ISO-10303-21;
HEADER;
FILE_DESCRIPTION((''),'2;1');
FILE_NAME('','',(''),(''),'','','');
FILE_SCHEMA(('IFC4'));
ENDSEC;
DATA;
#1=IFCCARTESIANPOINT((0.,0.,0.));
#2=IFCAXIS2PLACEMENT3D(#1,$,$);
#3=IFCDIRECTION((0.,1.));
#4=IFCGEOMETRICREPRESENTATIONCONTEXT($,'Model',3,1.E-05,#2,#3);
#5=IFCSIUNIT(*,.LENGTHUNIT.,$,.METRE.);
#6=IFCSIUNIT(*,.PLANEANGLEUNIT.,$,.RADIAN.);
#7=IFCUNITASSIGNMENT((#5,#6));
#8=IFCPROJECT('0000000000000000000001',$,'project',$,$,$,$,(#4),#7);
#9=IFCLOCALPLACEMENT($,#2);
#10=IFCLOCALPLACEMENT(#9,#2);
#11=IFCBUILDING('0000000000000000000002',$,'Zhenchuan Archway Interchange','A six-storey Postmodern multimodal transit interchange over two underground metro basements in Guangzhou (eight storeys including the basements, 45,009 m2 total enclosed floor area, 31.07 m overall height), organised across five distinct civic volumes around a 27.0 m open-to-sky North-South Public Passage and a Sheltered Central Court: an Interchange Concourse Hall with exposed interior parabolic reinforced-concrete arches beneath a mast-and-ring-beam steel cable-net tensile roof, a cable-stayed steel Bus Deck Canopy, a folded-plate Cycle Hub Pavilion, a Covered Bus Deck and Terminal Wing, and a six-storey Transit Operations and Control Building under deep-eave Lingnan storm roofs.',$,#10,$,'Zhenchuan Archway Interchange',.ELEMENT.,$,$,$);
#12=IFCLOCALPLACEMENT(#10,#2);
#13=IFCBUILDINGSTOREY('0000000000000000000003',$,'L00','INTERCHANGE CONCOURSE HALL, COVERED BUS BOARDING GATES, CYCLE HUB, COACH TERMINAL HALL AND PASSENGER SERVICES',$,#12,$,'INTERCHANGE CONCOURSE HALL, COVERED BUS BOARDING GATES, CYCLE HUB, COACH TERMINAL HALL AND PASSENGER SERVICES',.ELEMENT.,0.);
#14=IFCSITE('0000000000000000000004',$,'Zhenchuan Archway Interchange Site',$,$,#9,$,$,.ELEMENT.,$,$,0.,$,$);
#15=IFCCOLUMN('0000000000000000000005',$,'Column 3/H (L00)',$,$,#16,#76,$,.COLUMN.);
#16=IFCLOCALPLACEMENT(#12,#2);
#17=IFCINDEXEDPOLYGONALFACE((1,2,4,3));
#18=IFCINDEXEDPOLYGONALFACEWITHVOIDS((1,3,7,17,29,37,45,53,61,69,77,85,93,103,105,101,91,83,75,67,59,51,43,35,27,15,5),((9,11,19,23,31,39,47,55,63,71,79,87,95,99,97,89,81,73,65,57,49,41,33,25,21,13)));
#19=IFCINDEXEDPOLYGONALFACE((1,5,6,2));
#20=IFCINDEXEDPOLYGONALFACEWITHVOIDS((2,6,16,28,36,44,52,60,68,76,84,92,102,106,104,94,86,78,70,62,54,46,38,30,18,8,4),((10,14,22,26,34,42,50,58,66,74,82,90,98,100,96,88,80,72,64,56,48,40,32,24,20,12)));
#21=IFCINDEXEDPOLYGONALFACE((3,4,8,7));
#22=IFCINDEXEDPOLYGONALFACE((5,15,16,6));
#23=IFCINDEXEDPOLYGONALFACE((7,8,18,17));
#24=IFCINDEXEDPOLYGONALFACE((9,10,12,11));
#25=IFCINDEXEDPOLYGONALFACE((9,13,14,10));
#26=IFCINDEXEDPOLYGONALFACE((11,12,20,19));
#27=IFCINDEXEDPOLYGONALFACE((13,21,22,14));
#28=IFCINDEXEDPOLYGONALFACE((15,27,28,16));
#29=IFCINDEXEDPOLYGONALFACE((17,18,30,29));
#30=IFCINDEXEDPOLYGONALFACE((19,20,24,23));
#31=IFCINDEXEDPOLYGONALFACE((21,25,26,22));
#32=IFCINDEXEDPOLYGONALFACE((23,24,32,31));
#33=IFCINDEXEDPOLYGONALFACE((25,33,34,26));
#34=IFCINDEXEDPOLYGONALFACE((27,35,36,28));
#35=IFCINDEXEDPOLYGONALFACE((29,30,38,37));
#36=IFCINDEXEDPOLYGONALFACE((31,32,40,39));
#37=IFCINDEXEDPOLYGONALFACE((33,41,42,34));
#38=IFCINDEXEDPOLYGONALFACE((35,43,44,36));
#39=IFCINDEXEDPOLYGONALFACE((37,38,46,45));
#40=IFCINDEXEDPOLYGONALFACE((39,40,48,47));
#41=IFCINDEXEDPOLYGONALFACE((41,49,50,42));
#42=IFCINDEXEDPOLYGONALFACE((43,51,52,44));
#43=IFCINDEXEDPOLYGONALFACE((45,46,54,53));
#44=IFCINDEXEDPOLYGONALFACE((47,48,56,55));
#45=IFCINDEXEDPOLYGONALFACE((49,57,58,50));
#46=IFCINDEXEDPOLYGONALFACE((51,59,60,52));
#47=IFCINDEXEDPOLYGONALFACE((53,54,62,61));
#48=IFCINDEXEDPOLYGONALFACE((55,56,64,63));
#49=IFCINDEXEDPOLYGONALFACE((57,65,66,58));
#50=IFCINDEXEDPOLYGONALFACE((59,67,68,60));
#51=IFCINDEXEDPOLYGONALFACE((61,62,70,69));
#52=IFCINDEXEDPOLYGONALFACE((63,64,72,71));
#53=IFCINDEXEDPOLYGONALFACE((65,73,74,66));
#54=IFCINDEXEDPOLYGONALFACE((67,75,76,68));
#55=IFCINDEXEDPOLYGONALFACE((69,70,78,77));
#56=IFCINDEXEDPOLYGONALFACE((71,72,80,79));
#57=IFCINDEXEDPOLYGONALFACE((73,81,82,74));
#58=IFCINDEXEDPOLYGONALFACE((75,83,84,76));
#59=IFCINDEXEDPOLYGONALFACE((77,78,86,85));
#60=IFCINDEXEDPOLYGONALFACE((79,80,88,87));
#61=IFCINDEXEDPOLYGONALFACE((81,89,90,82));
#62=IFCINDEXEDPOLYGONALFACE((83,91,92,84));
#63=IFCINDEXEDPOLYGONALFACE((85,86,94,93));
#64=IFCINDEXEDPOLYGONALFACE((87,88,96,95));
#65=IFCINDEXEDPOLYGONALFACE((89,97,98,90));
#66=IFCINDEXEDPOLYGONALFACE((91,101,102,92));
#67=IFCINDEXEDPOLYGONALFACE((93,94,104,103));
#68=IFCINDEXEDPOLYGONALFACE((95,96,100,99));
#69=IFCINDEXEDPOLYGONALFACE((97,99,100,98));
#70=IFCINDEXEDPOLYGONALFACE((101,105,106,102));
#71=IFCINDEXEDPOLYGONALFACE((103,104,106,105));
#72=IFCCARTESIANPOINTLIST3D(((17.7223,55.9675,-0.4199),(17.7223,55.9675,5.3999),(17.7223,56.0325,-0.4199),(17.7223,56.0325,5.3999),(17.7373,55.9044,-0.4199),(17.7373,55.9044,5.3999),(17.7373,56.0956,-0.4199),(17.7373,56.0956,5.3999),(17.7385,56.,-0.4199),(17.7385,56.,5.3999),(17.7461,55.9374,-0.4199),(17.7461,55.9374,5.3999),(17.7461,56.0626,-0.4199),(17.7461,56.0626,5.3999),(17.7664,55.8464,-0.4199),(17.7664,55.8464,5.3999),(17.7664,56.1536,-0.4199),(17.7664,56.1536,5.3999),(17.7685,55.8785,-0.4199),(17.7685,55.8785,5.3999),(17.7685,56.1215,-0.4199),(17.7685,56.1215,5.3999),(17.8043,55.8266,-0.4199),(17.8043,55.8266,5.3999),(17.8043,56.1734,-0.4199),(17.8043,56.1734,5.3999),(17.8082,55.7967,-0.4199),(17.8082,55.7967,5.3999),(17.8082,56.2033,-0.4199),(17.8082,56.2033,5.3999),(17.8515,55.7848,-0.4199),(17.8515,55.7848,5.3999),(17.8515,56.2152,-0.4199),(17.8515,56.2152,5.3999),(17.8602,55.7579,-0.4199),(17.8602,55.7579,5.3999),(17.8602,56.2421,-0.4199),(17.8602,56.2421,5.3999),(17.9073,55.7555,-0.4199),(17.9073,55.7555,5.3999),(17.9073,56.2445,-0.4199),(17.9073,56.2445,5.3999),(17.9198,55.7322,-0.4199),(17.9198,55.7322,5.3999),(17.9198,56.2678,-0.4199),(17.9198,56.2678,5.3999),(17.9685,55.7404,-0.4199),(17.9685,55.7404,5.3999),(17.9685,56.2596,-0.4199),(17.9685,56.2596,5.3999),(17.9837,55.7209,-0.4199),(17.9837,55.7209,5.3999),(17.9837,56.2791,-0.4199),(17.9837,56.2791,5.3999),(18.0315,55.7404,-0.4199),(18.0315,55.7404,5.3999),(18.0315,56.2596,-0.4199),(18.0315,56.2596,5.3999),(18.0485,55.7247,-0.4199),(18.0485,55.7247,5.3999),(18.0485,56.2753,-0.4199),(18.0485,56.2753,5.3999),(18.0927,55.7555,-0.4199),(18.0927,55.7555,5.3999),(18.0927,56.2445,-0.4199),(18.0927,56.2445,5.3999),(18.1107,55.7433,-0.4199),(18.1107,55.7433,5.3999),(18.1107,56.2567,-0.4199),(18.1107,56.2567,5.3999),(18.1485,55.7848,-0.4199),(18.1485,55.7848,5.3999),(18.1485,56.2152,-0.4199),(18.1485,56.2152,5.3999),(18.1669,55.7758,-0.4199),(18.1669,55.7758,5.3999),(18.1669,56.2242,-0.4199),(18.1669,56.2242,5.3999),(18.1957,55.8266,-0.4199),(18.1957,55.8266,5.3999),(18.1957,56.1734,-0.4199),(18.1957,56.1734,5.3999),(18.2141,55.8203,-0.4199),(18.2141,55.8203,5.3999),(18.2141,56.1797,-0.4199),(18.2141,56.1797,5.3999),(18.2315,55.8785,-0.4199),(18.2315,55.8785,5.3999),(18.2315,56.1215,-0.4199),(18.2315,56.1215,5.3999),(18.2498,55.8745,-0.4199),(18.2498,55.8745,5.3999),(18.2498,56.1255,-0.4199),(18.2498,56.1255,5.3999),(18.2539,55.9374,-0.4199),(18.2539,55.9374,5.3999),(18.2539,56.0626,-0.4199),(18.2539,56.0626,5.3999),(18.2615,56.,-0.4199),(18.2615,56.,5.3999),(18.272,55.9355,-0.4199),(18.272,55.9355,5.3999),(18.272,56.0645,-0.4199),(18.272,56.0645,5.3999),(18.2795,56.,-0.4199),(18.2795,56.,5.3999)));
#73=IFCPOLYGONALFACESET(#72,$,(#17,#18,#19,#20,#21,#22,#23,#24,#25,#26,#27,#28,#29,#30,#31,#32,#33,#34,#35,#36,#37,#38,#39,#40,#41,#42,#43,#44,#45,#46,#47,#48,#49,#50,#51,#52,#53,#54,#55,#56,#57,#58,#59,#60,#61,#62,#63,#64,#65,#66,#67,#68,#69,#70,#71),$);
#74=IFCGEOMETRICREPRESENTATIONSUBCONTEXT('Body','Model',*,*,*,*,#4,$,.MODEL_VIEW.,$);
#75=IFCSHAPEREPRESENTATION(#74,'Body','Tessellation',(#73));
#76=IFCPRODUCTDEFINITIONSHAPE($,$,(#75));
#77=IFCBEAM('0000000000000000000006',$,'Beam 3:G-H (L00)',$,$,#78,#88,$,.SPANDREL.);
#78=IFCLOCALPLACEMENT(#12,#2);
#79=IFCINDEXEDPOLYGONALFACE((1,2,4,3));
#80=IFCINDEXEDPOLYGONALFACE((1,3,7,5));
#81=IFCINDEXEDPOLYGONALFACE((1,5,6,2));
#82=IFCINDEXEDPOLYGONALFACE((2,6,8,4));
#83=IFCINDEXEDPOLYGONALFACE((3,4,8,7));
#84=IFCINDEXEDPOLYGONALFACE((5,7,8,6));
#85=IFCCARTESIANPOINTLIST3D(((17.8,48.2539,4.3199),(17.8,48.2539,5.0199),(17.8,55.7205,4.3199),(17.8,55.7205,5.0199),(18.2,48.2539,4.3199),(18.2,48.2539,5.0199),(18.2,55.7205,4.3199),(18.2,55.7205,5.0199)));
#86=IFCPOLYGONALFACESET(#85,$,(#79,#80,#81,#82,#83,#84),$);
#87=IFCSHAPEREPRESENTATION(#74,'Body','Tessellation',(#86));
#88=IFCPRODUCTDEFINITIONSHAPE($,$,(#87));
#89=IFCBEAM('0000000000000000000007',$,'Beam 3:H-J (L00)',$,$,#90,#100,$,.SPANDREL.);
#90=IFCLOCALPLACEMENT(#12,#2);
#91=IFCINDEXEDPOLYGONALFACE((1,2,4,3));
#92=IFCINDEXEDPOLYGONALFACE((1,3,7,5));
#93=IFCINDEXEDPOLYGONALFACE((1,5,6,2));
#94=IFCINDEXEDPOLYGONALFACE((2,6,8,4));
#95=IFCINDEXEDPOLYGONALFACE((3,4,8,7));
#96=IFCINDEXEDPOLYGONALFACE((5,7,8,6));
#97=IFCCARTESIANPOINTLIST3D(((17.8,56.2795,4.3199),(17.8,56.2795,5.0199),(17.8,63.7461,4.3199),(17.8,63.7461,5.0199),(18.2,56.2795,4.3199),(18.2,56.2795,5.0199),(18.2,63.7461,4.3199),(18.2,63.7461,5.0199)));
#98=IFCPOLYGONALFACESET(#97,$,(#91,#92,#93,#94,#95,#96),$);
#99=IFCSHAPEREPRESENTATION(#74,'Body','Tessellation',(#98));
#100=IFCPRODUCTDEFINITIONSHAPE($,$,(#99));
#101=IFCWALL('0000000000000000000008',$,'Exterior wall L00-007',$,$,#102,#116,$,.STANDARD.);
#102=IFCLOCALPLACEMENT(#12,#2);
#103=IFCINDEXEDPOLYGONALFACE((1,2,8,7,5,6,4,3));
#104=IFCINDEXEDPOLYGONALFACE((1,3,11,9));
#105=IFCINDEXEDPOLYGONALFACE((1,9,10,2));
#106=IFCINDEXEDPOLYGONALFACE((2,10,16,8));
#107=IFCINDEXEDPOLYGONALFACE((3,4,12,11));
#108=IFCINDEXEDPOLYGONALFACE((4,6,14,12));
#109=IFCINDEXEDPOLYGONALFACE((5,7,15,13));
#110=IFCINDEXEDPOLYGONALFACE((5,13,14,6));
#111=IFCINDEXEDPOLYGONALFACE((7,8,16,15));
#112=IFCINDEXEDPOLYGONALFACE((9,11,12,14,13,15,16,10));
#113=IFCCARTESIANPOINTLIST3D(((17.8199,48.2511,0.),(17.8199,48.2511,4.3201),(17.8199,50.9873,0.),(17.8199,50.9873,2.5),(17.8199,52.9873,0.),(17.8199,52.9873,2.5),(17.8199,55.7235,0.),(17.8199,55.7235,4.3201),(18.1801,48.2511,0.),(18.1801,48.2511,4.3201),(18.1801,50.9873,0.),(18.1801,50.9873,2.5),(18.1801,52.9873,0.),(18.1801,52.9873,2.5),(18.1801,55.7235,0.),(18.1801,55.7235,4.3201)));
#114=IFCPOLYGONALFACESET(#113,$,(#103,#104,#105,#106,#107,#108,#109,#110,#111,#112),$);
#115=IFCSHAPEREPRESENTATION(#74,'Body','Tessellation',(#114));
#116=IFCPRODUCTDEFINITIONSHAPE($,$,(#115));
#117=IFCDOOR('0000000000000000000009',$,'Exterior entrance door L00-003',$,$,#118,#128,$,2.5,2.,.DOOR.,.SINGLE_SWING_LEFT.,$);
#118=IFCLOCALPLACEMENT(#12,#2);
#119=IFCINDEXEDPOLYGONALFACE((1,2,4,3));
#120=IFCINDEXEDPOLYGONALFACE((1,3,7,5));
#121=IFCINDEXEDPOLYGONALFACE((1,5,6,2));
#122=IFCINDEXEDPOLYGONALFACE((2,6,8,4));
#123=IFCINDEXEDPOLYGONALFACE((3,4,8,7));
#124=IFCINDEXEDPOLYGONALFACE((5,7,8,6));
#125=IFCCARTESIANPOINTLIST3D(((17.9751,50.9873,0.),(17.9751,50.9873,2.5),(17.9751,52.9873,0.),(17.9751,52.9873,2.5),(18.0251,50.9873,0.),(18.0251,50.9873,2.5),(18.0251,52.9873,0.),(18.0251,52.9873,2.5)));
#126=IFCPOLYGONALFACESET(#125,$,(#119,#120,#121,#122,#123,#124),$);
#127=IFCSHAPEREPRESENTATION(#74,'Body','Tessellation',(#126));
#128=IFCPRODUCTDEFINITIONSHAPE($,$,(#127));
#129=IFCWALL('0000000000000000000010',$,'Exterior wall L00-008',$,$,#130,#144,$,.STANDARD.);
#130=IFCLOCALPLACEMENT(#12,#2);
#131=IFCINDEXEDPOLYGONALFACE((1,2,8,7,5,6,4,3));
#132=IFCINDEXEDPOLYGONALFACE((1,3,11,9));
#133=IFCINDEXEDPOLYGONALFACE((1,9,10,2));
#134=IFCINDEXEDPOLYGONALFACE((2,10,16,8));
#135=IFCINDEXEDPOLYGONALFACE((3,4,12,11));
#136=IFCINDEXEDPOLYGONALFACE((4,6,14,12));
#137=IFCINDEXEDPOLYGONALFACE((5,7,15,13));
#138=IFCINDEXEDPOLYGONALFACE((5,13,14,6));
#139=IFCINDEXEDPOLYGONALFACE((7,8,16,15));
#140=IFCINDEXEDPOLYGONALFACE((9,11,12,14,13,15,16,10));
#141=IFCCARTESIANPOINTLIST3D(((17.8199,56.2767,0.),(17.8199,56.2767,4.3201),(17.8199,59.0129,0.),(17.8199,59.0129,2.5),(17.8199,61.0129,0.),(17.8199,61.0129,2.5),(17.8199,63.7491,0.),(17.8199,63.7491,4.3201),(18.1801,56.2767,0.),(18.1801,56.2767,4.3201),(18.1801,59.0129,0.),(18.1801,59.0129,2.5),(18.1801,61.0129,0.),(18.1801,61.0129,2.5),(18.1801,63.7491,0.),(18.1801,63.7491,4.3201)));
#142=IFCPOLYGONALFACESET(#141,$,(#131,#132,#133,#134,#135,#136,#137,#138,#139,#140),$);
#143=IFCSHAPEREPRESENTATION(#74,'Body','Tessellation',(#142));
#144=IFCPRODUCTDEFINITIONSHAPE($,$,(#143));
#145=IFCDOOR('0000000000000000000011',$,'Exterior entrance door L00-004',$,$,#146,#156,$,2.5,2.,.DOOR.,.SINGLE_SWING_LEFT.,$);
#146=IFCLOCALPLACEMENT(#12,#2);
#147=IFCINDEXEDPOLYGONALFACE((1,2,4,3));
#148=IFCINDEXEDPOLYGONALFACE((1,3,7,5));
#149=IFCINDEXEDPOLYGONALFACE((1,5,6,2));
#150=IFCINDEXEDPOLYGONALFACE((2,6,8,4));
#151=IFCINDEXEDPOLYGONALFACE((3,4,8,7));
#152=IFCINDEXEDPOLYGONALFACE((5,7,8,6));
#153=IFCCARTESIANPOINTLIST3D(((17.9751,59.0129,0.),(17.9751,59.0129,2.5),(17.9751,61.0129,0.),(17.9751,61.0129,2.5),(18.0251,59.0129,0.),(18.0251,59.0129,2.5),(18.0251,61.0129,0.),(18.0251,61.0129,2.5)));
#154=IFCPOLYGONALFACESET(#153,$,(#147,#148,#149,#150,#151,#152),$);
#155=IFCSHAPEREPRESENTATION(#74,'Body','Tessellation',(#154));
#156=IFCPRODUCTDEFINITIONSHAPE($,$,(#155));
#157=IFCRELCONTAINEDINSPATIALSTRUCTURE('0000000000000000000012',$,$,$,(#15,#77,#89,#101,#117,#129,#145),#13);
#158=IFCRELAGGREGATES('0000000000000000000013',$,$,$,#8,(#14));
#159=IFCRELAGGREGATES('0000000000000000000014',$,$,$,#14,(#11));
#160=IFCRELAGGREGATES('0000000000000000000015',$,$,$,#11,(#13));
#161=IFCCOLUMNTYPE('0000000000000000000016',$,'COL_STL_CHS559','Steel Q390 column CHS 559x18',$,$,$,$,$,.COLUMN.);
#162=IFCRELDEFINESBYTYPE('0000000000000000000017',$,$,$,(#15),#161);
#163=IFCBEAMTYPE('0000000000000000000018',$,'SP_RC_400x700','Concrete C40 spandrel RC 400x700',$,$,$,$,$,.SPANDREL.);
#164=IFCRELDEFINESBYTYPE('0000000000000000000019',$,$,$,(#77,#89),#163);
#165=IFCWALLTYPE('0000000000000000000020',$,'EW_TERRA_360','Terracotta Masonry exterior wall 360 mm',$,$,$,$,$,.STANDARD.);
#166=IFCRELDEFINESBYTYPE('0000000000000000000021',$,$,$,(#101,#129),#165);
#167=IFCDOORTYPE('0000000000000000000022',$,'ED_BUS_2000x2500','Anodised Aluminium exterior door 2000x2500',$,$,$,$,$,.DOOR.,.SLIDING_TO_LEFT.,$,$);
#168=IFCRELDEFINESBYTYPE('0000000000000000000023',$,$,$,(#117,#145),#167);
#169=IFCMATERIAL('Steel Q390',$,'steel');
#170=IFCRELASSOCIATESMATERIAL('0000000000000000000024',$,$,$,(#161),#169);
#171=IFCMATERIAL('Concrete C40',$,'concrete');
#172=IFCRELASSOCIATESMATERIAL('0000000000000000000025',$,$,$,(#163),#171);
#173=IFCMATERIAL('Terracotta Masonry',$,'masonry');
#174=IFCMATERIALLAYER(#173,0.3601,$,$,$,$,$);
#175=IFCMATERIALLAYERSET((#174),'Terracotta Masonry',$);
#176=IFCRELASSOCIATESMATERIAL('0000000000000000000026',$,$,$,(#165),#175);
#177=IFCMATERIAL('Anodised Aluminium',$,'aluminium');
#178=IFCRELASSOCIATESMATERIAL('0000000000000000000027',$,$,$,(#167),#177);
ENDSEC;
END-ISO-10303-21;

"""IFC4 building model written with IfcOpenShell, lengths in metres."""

from ifc_helpers import new_model, si_unit, direction, frame, frame_2d, origin, origin_2d, place, context, subcontext, project, spatial, rectangle, hollow_circle, extrude, material, layer, layer_set, material_profile, profile_set, type_object, element, fill, save


model = new_model("IFC4")

# Units and contexts
model_context = context("Model", 3, precision=1e-05, world=origin(), true_north=direction((0.0, 1.0)))
body_context = subcontext(model_context, "Body", "Model", "MODEL_VIEW")
ifc_project = project(units=[si_unit("LENGTHUNIT", "METRE"), si_unit("PLANEANGLEUNIT", "RADIAN")], contexts=[model_context])

# Site, building, storey
site_placement = place(None, origin())
site = spatial("IfcSite", under=ifc_project, at=site_placement, Name="Zhenchuan Archway Interchange Site", CompositionType="ELEMENT", RefElevation=0.0)
building_placement = place(site_placement, origin())
building = spatial("IfcBuilding", under=site, at=building_placement, Name="Zhenchuan Archway Interchange", Description="A six-storey Postmodern multimodal transit interchange over two underground metro basements in Guangzhou (eight storeys including the basements, 45,009 m2 total enclosed floor area, 31.07 m overall height), organised across five distinct civic volumes around a 27.0 m open-to-sky North-South Public Passage and a Sheltered Central Court: an Interchange Concourse Hall with exposed interior parabolic reinforced-concrete arches beneath a mast-and-ring-beam steel cable-net tensile roof, a cable-stayed steel Bus Deck Canopy, a folded-plate Cycle Hub Pavilion, a Covered Bus Deck and Terminal Wing, and a six-storey Transit Operations and Control Building under deep-eave Lingnan storm roofs.", LongName="Zhenchuan Archway Interchange", CompositionType="ELEMENT")
storey_placement = place(building_placement, origin())
storey = spatial("IfcBuildingStorey", under=building, at=storey_placement, Name="L00", Description="INTERCHANGE CONCOURSE HALL, COVERED BUS BOARDING GATES, CYCLE HUB, COACH TERMINAL HALL AND PASSENGER SERVICES", LongName="INTERCHANGE CONCOURSE HALL, COVERED BUS BOARDING GATES, CYCLE HUB, COACH TERMINAL HALL AND PASSENGER SERVICES", CompositionType="ELEMENT", Elevation=0.0)

# Shared definitions
ifc_material_1 = material(Name="Concrete C40", Category="concrete")

# Column
ifc_material_2 = material(Name="Steel Q390", Category="steel")
ifc_material_profile_1 = material_profile(ifc_material_2, hollow_circle(Radius=0.2795, WallThickness=0.0181, at=origin_2d()), Name="CHS 559x18")
ifc_profile_set_1 = profile_set([ifc_material_profile_1], Name="Steel Q390")
column_type_1 = type_object("IfcColumnType", Name="COL_STL_CHS559", Description="Steel Q390 column CHS 559x18", PredefinedType="COLUMN", material=ifc_profile_set_1)
column_placement = place(storey_placement, frame((18.0, 56.0, -0.4199), z_axis=(0.0, 0.0, 1.0), x_axis=(1.0, 0.0, 0.0)))
element("IfcColumn", 1, at=column_placement, inside=storey, type_object=column_type_1, Name="Column 3/H (L00)", PredefinedType="COLUMN", context=body_context, shape_type="SweptSolid", body=[
    extrude(hollow_circle(Radius=0.2795, WallThickness=0.0181, at=origin_2d()), origin(), (0.0, 0.0, 1.0), 5.8198),
])

# Beams
ifc_material_profile_2 = material_profile(ifc_material_1, rectangle(XDim=0.3999, YDim=0.7, at=origin_2d()), Name="RC 400x700")
ifc_profile_set_2 = profile_set([ifc_material_profile_2], Name="Concrete C40")
beam_type = type_object("IfcBeamType", Name="SP_RC_400x700", Description="Concrete C40 spandrel RC 400x700", PredefinedType="SPANDREL", material=ifc_profile_set_2)
for number, where, z_axis, x_axis, name in (
    (2, (18.0, 48.2539, 4.6699), (0.0, 1.0, 0.0), (-1.0, 0.0, 0.0), "Beam 3:G-H (L00)"),
    (3, (18.0, 56.2795, 4.6699), (0.0, 1.0, 0.0), (-1.0, 0.0, 0.0), "Beam 3:H-J (L00)"),
):
    element("IfcBeam", number, at=place(storey_placement, frame(where, z_axis=z_axis, x_axis=x_axis)), inside=storey, type_object=beam_type, Name=name, PredefinedType="SPANDREL", context=body_context, shape_type="SweptSolid", body=[
        extrude(rectangle(XDim=0.3999, YDim=0.7, at=origin_2d()), origin(), (0.0, 0.0, 1.0), 7.4666),
    ])

# Walls, openings, doors
ifc_material_3 = material(Name="Terracotta Masonry", Category="masonry")
ifc_layer = layer(ifc_material_3, 0.3601)
ifc_layer_set = layer_set([ifc_layer], Name="Terracotta Masonry")
wall_type = type_object("IfcWallType", Name="EW_TERRA_360", Description="Terracotta Masonry exterior wall 360 mm", PredefinedType="STANDARD", material=ifc_layer_set)
wall_1_placement = place(storey_placement, frame((18.0, 48.251, 0.0), z_axis=(0.0, 0.0, 1.0), x_axis=(0.0, 1.0, 0.0)))
wall_1 = element("IfcWall", 4, at=wall_1_placement, inside=storey, type_object=wall_type, Name="Exterior wall L00-007", PredefinedType="STANDARD", context=body_context, shape_type="SweptSolid", body=[
    extrude(rectangle(XDim=7.4724, YDim=0.3601, at=frame_2d((3.7363, 0.0))), origin(), (0.0, 0.0, 1.0), 4.3201),
])
opening_1_placement = place(wall_1_placement, frame((2.7363, 0.0, 0.0)))
opening_1 = element("IfcOpeningElement", 5, at=opening_1_placement, cuts=wall_1, PredefinedType="OPENING", context=body_context, shape_type="SweptSolid", body=[
    extrude(rectangle(XDim=2.0, YDim=2.5, at=frame_2d((1.0, 1.25))), frame((0.0, 0.1919, 0.0), z_axis=(0.0, -1.0, 0.0), x_axis=(1.0, 0.0, 0.0)), (0.0, 0.0, 1.0), 0.384),
])
ifc_material_4 = material(Name="Anodised Aluminium", Category="aluminium")
door_type = type_object("IfcDoorType", Name="ED_BUS_2000x2500", Description="Anodised Aluminium exterior door 2000x2500", OperationType="SLIDING_TO_LEFT", PredefinedType="DOOR", material=ifc_material_4)
door_1_placement = place(opening_1_placement, origin())
door_1 = element("IfcDoor", 6, at=door_1_placement, inside=storey, type_object=door_type, Name="Exterior entrance door L00-003", OperationType="SINGLE_SWING_LEFT", OverallHeight=2.5, OverallWidth=2.0, PredefinedType="DOOR", context=body_context, shape_type="SweptSolid", body=[
    extrude(rectangle(XDim=2.0, YDim=2.5, at=frame_2d((1.0, 1.25))), frame((0.0, 0.0249, 0.0), z_axis=(0.0, -1.0, 0.0), x_axis=(1.0, 0.0, 0.0)), (0.0, 0.0, 1.0), 0.05),
])
fill(opening_1, door_1)
wall_2_placement = place(storey_placement, frame((18.0, 56.2766, 0.0), z_axis=(0.0, 0.0, 1.0), x_axis=(0.0, 1.0, 0.0)))
wall_2 = element("IfcWall", 7, at=wall_2_placement, inside=storey, type_object=wall_type, Name="Exterior wall L00-008", PredefinedType="STANDARD", context=body_context, shape_type="SweptSolid", body=[
    extrude(rectangle(XDim=7.4724, YDim=0.3601, at=frame_2d((3.7363, 0.0))), origin(), (0.0, 0.0, 1.0), 4.3201),
])
opening_2_placement = place(wall_2_placement, frame((2.7363, 0.0, 0.0)))
opening_2 = element("IfcOpeningElement", 8, at=opening_2_placement, cuts=wall_2, PredefinedType="OPENING", context=body_context, shape_type="SweptSolid", body=[
    extrude(rectangle(XDim=2.0, YDim=2.5, at=frame_2d((1.0, 1.25))), frame((0.0, 0.1919, 0.0), z_axis=(0.0, -1.0, 0.0), x_axis=(1.0, 0.0, 0.0)), (0.0, 0.0, 1.0), 0.384),
])
door_2_placement = place(opening_2_placement, origin())
door_2 = element("IfcDoor", 9, at=door_2_placement, inside=storey, type_object=door_type, Name="Exterior entrance door L00-004", OperationType="SINGLE_SWING_LEFT", OverallHeight=2.5, OverallWidth=2.0, PredefinedType="DOOR", context=body_context, shape_type="SweptSolid", body=[
    extrude(rectangle(XDim=2.0, YDim=2.5, at=frame_2d((1.0, 1.25))), frame((0.0, 0.0249, 0.0), z_axis=(0.0, -1.0, 0.0), x_axis=(1.0, 0.0, 0.0)), (0.0, 0.0, 1.0), 0.05),
])
fill(opening_2, door_2)

save(model, "model.ifc")
